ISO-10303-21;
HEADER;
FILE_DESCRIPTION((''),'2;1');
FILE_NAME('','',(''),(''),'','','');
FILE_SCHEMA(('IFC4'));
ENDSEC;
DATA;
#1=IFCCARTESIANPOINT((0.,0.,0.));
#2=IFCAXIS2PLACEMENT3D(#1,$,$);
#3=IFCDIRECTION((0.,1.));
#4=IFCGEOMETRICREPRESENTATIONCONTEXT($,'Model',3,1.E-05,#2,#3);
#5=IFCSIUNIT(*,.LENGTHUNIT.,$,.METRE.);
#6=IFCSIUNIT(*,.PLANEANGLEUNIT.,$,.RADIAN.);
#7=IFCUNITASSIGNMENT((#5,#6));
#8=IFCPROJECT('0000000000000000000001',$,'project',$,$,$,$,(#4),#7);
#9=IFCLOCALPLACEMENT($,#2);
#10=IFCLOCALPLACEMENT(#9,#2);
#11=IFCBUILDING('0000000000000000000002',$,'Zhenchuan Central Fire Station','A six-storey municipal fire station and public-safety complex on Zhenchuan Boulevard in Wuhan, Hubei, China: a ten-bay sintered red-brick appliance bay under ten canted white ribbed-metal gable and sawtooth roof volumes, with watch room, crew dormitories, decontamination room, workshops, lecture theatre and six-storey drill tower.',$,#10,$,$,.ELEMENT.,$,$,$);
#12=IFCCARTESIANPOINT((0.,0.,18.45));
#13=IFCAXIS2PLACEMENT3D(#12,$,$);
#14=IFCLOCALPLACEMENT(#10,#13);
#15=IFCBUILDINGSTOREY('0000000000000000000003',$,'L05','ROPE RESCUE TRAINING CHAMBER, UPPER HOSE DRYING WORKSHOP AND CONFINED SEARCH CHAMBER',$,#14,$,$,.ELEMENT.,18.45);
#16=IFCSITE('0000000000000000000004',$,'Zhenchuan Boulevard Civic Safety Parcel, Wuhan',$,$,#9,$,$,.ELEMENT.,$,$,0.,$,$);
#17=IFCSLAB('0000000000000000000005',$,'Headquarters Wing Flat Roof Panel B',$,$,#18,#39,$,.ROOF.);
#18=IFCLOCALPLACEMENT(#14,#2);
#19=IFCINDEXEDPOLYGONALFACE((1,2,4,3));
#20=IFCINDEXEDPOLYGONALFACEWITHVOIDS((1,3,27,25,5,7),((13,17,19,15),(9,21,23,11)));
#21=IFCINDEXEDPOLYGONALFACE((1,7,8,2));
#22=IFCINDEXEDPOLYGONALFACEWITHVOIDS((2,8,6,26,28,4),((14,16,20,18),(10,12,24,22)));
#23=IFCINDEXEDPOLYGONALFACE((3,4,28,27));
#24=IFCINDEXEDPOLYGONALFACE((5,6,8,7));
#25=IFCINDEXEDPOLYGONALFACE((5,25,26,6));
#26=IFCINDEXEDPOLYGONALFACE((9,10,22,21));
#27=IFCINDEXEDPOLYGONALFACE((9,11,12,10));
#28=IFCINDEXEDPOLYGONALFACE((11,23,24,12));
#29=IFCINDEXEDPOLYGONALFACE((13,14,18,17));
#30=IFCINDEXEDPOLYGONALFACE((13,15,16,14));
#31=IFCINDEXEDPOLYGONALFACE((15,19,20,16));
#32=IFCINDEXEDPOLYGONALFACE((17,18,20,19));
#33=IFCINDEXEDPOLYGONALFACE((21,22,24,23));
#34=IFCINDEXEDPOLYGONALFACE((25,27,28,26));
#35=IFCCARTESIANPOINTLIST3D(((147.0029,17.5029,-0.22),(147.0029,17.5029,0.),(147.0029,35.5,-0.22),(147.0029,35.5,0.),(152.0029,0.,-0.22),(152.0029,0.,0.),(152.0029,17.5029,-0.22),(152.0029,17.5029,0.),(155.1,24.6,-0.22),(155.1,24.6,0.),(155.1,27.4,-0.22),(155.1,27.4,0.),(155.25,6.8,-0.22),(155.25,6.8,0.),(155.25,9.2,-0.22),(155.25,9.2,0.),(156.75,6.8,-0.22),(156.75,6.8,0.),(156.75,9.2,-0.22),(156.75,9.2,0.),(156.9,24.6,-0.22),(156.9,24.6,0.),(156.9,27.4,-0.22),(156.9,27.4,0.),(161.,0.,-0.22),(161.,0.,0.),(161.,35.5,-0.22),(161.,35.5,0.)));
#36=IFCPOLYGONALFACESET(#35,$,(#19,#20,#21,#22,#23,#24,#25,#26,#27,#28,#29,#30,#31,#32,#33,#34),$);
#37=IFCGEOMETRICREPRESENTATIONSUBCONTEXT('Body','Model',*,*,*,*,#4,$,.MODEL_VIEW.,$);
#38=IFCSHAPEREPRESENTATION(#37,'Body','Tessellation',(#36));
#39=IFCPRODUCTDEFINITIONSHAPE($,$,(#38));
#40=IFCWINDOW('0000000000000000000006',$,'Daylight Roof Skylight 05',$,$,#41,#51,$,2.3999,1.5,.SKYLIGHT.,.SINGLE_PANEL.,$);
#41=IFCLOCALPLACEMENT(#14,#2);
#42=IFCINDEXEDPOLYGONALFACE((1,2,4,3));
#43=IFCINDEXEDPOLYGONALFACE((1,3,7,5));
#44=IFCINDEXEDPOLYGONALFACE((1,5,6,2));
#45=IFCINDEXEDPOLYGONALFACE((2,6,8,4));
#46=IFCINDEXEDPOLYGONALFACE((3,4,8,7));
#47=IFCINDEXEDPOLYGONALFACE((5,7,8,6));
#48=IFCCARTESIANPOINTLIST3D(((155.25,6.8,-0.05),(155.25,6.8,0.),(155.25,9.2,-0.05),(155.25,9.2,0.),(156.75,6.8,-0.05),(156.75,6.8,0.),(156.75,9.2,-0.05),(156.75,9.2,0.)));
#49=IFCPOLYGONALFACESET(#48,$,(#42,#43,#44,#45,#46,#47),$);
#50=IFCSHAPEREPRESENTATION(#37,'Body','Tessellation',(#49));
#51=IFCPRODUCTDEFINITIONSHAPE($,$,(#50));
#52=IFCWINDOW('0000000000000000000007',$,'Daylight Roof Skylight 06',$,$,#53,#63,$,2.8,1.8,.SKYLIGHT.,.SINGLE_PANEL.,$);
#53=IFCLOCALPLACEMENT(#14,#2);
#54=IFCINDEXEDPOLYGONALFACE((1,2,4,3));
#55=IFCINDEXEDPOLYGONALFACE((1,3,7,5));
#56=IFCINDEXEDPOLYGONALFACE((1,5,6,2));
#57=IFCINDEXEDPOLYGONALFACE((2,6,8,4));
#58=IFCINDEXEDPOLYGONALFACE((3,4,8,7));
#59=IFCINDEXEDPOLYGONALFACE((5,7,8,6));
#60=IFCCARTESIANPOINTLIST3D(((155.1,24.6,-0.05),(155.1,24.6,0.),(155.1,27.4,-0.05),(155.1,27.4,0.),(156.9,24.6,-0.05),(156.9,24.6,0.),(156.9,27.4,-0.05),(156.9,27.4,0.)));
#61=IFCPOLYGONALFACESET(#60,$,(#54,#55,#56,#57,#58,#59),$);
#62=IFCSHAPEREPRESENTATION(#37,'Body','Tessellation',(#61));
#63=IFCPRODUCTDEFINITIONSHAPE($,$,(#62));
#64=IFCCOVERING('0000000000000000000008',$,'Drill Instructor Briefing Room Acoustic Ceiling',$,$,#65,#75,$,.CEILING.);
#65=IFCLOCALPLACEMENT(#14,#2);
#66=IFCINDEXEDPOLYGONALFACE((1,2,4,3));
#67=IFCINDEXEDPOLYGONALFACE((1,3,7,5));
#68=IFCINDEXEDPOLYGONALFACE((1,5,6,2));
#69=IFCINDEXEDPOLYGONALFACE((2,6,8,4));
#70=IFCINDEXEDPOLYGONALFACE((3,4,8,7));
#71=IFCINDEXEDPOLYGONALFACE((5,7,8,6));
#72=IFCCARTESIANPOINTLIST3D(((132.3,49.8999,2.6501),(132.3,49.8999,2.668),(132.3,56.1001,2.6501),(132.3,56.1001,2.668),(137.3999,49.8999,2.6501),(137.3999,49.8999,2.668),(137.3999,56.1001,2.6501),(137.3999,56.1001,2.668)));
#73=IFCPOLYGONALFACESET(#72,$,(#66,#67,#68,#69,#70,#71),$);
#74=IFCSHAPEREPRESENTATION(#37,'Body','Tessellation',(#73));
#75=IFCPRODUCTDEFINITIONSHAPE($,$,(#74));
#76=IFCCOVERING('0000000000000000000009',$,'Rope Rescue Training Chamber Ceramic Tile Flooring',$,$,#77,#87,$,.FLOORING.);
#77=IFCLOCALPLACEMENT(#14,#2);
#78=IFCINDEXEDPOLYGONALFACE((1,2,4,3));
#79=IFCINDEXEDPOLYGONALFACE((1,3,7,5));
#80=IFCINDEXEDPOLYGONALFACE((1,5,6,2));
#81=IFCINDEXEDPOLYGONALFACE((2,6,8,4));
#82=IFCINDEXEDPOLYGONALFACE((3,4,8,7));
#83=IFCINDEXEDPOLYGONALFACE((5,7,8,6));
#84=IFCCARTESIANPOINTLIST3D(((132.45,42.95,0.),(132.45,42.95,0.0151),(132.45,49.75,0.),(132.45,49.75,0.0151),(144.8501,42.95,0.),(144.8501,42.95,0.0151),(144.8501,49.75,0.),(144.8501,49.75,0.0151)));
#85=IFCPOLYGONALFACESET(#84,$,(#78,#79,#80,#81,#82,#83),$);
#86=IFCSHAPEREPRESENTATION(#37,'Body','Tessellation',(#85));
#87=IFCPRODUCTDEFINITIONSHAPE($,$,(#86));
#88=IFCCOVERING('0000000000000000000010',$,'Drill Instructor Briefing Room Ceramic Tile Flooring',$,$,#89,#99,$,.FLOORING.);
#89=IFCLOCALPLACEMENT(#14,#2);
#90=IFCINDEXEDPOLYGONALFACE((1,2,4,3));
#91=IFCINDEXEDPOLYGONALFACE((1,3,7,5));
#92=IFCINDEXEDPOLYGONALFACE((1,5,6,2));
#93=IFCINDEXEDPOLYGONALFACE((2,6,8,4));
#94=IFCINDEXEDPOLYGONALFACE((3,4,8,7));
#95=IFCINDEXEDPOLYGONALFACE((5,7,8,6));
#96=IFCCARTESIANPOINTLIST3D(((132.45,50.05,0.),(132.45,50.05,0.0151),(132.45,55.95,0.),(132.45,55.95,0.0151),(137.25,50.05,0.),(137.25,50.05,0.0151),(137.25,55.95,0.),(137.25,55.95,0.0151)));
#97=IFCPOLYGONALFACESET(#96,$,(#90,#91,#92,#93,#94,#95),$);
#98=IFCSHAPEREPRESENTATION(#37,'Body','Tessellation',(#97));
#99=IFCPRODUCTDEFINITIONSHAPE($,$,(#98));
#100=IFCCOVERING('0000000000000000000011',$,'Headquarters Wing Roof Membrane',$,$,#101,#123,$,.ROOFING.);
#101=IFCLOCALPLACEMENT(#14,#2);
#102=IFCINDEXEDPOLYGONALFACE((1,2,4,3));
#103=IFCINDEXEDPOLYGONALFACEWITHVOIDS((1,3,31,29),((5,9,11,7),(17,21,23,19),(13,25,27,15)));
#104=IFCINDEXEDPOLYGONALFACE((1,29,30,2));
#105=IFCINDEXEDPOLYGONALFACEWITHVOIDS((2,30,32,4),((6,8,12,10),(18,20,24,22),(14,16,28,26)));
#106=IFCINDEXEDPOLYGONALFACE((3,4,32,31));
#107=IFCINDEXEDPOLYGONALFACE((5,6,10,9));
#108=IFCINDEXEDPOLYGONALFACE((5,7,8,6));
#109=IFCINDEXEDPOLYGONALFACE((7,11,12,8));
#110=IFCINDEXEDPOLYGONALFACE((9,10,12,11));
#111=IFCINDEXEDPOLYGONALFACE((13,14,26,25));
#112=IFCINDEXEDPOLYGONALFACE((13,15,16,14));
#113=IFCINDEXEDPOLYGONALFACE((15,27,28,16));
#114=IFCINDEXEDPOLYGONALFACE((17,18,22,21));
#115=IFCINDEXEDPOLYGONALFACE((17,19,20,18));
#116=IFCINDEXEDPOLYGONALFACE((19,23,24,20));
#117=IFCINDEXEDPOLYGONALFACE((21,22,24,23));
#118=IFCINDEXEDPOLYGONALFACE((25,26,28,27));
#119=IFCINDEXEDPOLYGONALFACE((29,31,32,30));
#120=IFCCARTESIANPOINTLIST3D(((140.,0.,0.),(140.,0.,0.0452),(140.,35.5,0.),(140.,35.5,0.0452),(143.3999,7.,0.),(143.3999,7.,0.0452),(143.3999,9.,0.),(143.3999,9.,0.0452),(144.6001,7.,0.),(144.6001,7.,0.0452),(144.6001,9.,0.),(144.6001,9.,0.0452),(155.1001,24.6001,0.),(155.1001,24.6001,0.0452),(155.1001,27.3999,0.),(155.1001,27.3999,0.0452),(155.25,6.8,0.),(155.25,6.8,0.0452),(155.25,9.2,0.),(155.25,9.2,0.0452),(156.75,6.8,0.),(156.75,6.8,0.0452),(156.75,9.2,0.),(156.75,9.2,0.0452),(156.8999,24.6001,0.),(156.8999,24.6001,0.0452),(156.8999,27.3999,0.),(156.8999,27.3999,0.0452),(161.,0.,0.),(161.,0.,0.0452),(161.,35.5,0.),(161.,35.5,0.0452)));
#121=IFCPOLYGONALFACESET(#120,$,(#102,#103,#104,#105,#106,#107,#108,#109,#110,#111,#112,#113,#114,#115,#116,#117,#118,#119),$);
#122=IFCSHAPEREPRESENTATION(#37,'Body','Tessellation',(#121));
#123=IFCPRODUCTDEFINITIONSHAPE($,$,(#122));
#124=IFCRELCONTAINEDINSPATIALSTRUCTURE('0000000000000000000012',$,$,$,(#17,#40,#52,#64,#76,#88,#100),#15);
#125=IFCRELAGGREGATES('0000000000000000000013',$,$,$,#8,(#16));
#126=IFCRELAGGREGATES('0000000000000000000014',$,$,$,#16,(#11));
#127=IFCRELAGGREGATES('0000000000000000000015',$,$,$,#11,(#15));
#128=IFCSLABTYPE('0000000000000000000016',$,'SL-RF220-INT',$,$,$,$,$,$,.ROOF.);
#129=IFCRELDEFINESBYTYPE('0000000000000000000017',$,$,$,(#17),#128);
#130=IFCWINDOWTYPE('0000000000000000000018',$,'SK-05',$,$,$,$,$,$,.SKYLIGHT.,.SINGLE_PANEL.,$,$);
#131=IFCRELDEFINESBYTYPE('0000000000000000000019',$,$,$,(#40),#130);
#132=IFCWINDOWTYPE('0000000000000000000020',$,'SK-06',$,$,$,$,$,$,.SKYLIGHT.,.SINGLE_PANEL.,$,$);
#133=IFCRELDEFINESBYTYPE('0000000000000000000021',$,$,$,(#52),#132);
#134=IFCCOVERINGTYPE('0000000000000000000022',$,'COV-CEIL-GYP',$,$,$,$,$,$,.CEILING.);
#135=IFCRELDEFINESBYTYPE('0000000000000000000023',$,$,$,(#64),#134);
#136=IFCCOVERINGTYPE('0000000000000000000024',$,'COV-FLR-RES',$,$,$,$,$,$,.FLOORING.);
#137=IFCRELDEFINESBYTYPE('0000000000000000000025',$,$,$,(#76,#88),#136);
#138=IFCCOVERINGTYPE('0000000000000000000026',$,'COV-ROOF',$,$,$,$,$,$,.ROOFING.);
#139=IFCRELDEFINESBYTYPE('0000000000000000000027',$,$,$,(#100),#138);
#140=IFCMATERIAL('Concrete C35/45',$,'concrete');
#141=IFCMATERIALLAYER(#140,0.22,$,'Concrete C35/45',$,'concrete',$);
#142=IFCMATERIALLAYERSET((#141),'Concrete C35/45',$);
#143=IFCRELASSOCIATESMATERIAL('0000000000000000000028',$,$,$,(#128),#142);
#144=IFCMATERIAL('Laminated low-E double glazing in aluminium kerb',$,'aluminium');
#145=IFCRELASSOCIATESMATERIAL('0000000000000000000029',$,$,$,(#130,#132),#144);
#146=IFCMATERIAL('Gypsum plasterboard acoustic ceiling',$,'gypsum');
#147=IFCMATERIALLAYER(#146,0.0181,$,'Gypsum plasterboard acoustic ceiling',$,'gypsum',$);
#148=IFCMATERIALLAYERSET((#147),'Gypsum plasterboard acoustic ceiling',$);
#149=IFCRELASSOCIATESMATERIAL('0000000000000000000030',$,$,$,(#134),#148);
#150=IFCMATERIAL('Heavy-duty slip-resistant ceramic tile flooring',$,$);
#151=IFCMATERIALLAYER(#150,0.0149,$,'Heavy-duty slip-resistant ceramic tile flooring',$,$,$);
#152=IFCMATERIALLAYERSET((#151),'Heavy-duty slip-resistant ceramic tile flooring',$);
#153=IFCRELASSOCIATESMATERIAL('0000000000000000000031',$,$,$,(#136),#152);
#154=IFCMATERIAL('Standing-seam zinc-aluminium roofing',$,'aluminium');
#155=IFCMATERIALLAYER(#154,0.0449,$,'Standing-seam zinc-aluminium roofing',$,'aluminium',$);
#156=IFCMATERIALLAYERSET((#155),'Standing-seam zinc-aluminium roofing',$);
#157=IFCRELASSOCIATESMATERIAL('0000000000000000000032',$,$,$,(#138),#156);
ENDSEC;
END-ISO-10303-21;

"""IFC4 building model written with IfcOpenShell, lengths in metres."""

from ifc_helpers import new_model, si_unit, direction, frame, origin, origin_2d, place, context, subcontext, project, spatial, polyline, rectangle, outline, extrude, material, layer, layer_set, type_object, element, fill, save


model = new_model("IFC4")

# Units and contexts
model_context = context("Model", 3, precision=1e-05, world=origin(), true_north=direction((0.0, 1.0)))
body_context = subcontext(model_context, "Body", "Model", "MODEL_VIEW")
ifc_project = project(units=[si_unit("LENGTHUNIT", "METRE"), si_unit("PLANEANGLEUNIT", "RADIAN")], contexts=[model_context])

# Site, building, storey
site_placement = place(None, origin())
site = spatial("IfcSite", under=ifc_project, at=site_placement, Name="Zhenchuan Boulevard Civic Safety Parcel, Wuhan", CompositionType="ELEMENT", RefElevation=0.0)
building_placement = place(site_placement, origin())
building = spatial("IfcBuilding", under=site, at=building_placement, Name="Zhenchuan Central Fire Station", Description="A six-storey municipal fire station and public-safety complex on Zhenchuan Boulevard in Wuhan, Hubei, China: a ten-bay sintered red-brick appliance bay under ten canted white ribbed-metal gable and sawtooth roof volumes, with watch room, crew dormitories, decontamination room, workshops, lecture theatre and six-storey drill tower.", CompositionType="ELEMENT")
storey_placement = place(building_placement, frame((0.0, 0.0, 18.45)))
storey = spatial("IfcBuildingStorey", under=building, at=storey_placement, Name="L05", Description="ROPE RESCUE TRAINING CHAMBER, UPPER HOSE DRYING WORKSHOP AND CONFINED SEARCH CHAMBER", CompositionType="ELEMENT", Elevation=18.45)

# Shared definitions
ifc_material_1 = material(Name="Concrete C35/45", Category="concrete")

# Shared definitions
ifc_layer_1 = layer(ifc_material_1, 0.22, Name="Concrete C35/45", Category="concrete")
ifc_layer_set_1 = layer_set([ifc_layer_1], Name="Concrete C35/45")
slab_type_1 = type_object("IfcSlabType", Name="SL-RF220-INT", PredefinedType="ROOF", material=ifc_layer_set_1)
ifc_material_2 = material(Name="Laminated low-E double glazing in aluminium kerb", Category="aluminium")

# Slab, openings, windows
slab_1_placement = place(storey_placement, frame((0.0, 0.0, -0.22)))
slab_1 = element("IfcSlab", 1, at=slab_1_placement, inside=storey, type_object=slab_type_1, Name="Headquarters Wing Flat Roof Panel B", PredefinedType="ROOF", context=body_context, shape_type="SweptSolid", body=[
    extrude(outline(polyline([(152.0029, 0.0), (161.0, 0.0), (161.0, 35.5), (147.0029, 35.5), (147.0029, 17.5029), (152.0029, 17.5029), (152.0029, 0.0)])), origin(), (0.0, 0.0, 1.0), 0.22),
])
opening_1_placement = place(slab_1_placement, frame((156.0, 8.0, -0.01)))
opening_1 = element("IfcOpeningElement", 2, at=opening_1_placement, cuts=slab_1, PredefinedType="OPENING", context=body_context, shape_type="SweptSolid", body=[
    extrude(rectangle(XDim=1.5, YDim=2.3999, at=origin_2d()), origin(), (0.0, 0.0, 1.0), 0.24),
])
opening_2_placement = place(slab_1_placement, frame((156.0, 26.0, -0.01)))
opening_2 = element("IfcOpeningElement", 3, at=opening_2_placement, cuts=slab_1, PredefinedType="OPENING", context=body_context, shape_type="SweptSolid", body=[
    extrude(rectangle(XDim=1.8, YDim=2.8, at=origin_2d()), origin(), (0.0, 0.0, 1.0), 0.24),
])
window_type_1 = type_object("IfcWindowType", Name="SK-05", PartitioningType="SINGLE_PANEL", PredefinedType="SKYLIGHT", material=ifc_material_2)
window_1_placement = place(opening_1_placement, frame((0.0, 0.0, 0.1799)))
window_1 = element("IfcWindow", 4, at=window_1_placement, inside=storey, type_object=window_type_1, Name="Daylight Roof Skylight 05", OverallHeight=2.3999, OverallWidth=1.5, PartitioningType="SINGLE_PANEL", PredefinedType="SKYLIGHT", context=body_context, shape_type="SweptSolid", body=[
    extrude(rectangle(XDim=1.5, YDim=2.3999, at=origin_2d()), origin(), (0.0, 0.0, 1.0), 0.05),
])
fill(opening_1, window_1)
window_type_2 = type_object("IfcWindowType", Name="SK-06", PartitioningType="SINGLE_PANEL", PredefinedType="SKYLIGHT", material=ifc_material_2)
window_2_placement = place(opening_2_placement, frame((0.0, 0.0, 0.1799)))
window_2 = element("IfcWindow", 5, at=window_2_placement, inside=storey, type_object=window_type_2, Name="Daylight Roof Skylight 06", OverallHeight=2.8, OverallWidth=1.8, PartitioningType="SINGLE_PANEL", PredefinedType="SKYLIGHT", context=body_context, shape_type="SweptSolid", body=[
    extrude(rectangle(XDim=1.8, YDim=2.8, at=origin_2d()), origin(), (0.0, 0.0, 1.0), 0.05),
])
fill(opening_2, window_2)

# Coverings
ifc_material_3 = material(Name="Gypsum plasterboard acoustic ceiling", Category="gypsum")
ifc_layer_2 = layer(ifc_material_3, 0.0181, Name="Gypsum plasterboard acoustic ceiling", Category="gypsum")
ifc_layer_set_2 = layer_set([ifc_layer_2], Name="Gypsum plasterboard acoustic ceiling")
covering_type_1 = type_object("IfcCoveringType", Name="COV-CEIL-GYP", PredefinedType="CEILING", material=ifc_layer_set_2)
covering_1_placement = place(storey_placement, frame((0.0, 0.0, 2.6501)))
element("IfcCovering", 6, at=covering_1_placement, inside=storey, type_object=covering_type_1, Name="Drill Instructor Briefing Room Acoustic Ceiling", PredefinedType="CEILING", context=body_context, shape_type="SweptSolid", body=[
    extrude(outline(polyline([(137.3999, 49.8999), (137.3999, 56.1001), (132.3, 56.1001), (132.3, 49.8999), (137.3999, 49.8999)])), origin(), (0.0, 0.0, 1.0), 0.0178),
])
ifc_material_4 = material(Name="Heavy-duty slip-resistant ceramic tile flooring")
ifc_layer_3 = layer(ifc_material_4, 0.0149, Name="Heavy-duty slip-resistant ceramic tile flooring")
ifc_layer_set_3 = layer_set([ifc_layer_3], Name="Heavy-duty slip-resistant ceramic tile flooring")
covering_type_2 = type_object("IfcCoveringType", Name="COV-FLR-RES", PredefinedType="FLOORING", material=ifc_layer_set_3)
covering_2_placement = place(storey_placement, origin())
element("IfcCovering", 7, at=covering_2_placement, inside=storey, type_object=covering_type_2, Name="Rope Rescue Training Chamber Ceramic Tile Flooring", PredefinedType="FLOORING", context=body_context, shape_type="SweptSolid", body=[
    extrude(outline(polyline([(132.45, 42.95), (144.8501, 42.95), (144.8501, 49.75), (132.45, 49.75), (132.45, 42.95)])), origin(), (0.0, 0.0, 1.0), 0.0151),
])
covering_3_placement = place(storey_placement, origin())
element("IfcCovering", 8, at=covering_3_placement, inside=storey, type_object=covering_type_2, Name="Drill Instructor Briefing Room Ceramic Tile Flooring", PredefinedType="FLOORING", context=body_context, shape_type="SweptSolid", body=[
    extrude(outline(polyline([(132.45, 50.05), (137.25, 50.05), (137.25, 55.95), (132.45, 55.95), (132.45, 50.05)])), origin(), (0.0, 0.0, 1.0), 0.0151),
])
ifc_material_5 = material(Name="Standing-seam zinc-aluminium roofing", Category="aluminium")
ifc_layer_4 = layer(ifc_material_5, 0.0449, Name="Standing-seam zinc-aluminium roofing", Category="aluminium")
ifc_layer_set_4 = layer_set([ifc_layer_4], Name="Standing-seam zinc-aluminium roofing")
covering_type_3 = type_object("IfcCoveringType", Name="COV-ROOF", PredefinedType="ROOFING", material=ifc_layer_set_4)
covering_4_placement = place(storey_placement, origin())
element("IfcCovering", 9, at=covering_4_placement, inside=storey, type_object=covering_type_3, Name="Headquarters Wing Roof Membrane", PredefinedType="ROOFING", context=body_context, shape_type="SweptSolid", body=[
    extrude(outline(polyline([(140.0, 0.0), (161.0, 0.0), (161.0, 35.5), (140.0, 35.5), (140.0, 0.0)]), holes=[polyline([(143.3999, 7.0), (144.6001, 7.0), (144.6001, 9.0), (143.3999, 9.0), (143.3999, 7.0)]), polyline([(155.25, 6.8), (156.75, 6.8), (156.75, 9.2), (155.25, 9.2), (155.25, 6.8)]), polyline([(155.1001, 24.6001), (156.8999, 24.6001), (156.8999, 27.3999), (155.1001, 27.3999), (155.1001, 24.6001)])]), origin(), (0.0, 0.0, 1.0), 0.0452),
])

save(model, "model.ifc")
